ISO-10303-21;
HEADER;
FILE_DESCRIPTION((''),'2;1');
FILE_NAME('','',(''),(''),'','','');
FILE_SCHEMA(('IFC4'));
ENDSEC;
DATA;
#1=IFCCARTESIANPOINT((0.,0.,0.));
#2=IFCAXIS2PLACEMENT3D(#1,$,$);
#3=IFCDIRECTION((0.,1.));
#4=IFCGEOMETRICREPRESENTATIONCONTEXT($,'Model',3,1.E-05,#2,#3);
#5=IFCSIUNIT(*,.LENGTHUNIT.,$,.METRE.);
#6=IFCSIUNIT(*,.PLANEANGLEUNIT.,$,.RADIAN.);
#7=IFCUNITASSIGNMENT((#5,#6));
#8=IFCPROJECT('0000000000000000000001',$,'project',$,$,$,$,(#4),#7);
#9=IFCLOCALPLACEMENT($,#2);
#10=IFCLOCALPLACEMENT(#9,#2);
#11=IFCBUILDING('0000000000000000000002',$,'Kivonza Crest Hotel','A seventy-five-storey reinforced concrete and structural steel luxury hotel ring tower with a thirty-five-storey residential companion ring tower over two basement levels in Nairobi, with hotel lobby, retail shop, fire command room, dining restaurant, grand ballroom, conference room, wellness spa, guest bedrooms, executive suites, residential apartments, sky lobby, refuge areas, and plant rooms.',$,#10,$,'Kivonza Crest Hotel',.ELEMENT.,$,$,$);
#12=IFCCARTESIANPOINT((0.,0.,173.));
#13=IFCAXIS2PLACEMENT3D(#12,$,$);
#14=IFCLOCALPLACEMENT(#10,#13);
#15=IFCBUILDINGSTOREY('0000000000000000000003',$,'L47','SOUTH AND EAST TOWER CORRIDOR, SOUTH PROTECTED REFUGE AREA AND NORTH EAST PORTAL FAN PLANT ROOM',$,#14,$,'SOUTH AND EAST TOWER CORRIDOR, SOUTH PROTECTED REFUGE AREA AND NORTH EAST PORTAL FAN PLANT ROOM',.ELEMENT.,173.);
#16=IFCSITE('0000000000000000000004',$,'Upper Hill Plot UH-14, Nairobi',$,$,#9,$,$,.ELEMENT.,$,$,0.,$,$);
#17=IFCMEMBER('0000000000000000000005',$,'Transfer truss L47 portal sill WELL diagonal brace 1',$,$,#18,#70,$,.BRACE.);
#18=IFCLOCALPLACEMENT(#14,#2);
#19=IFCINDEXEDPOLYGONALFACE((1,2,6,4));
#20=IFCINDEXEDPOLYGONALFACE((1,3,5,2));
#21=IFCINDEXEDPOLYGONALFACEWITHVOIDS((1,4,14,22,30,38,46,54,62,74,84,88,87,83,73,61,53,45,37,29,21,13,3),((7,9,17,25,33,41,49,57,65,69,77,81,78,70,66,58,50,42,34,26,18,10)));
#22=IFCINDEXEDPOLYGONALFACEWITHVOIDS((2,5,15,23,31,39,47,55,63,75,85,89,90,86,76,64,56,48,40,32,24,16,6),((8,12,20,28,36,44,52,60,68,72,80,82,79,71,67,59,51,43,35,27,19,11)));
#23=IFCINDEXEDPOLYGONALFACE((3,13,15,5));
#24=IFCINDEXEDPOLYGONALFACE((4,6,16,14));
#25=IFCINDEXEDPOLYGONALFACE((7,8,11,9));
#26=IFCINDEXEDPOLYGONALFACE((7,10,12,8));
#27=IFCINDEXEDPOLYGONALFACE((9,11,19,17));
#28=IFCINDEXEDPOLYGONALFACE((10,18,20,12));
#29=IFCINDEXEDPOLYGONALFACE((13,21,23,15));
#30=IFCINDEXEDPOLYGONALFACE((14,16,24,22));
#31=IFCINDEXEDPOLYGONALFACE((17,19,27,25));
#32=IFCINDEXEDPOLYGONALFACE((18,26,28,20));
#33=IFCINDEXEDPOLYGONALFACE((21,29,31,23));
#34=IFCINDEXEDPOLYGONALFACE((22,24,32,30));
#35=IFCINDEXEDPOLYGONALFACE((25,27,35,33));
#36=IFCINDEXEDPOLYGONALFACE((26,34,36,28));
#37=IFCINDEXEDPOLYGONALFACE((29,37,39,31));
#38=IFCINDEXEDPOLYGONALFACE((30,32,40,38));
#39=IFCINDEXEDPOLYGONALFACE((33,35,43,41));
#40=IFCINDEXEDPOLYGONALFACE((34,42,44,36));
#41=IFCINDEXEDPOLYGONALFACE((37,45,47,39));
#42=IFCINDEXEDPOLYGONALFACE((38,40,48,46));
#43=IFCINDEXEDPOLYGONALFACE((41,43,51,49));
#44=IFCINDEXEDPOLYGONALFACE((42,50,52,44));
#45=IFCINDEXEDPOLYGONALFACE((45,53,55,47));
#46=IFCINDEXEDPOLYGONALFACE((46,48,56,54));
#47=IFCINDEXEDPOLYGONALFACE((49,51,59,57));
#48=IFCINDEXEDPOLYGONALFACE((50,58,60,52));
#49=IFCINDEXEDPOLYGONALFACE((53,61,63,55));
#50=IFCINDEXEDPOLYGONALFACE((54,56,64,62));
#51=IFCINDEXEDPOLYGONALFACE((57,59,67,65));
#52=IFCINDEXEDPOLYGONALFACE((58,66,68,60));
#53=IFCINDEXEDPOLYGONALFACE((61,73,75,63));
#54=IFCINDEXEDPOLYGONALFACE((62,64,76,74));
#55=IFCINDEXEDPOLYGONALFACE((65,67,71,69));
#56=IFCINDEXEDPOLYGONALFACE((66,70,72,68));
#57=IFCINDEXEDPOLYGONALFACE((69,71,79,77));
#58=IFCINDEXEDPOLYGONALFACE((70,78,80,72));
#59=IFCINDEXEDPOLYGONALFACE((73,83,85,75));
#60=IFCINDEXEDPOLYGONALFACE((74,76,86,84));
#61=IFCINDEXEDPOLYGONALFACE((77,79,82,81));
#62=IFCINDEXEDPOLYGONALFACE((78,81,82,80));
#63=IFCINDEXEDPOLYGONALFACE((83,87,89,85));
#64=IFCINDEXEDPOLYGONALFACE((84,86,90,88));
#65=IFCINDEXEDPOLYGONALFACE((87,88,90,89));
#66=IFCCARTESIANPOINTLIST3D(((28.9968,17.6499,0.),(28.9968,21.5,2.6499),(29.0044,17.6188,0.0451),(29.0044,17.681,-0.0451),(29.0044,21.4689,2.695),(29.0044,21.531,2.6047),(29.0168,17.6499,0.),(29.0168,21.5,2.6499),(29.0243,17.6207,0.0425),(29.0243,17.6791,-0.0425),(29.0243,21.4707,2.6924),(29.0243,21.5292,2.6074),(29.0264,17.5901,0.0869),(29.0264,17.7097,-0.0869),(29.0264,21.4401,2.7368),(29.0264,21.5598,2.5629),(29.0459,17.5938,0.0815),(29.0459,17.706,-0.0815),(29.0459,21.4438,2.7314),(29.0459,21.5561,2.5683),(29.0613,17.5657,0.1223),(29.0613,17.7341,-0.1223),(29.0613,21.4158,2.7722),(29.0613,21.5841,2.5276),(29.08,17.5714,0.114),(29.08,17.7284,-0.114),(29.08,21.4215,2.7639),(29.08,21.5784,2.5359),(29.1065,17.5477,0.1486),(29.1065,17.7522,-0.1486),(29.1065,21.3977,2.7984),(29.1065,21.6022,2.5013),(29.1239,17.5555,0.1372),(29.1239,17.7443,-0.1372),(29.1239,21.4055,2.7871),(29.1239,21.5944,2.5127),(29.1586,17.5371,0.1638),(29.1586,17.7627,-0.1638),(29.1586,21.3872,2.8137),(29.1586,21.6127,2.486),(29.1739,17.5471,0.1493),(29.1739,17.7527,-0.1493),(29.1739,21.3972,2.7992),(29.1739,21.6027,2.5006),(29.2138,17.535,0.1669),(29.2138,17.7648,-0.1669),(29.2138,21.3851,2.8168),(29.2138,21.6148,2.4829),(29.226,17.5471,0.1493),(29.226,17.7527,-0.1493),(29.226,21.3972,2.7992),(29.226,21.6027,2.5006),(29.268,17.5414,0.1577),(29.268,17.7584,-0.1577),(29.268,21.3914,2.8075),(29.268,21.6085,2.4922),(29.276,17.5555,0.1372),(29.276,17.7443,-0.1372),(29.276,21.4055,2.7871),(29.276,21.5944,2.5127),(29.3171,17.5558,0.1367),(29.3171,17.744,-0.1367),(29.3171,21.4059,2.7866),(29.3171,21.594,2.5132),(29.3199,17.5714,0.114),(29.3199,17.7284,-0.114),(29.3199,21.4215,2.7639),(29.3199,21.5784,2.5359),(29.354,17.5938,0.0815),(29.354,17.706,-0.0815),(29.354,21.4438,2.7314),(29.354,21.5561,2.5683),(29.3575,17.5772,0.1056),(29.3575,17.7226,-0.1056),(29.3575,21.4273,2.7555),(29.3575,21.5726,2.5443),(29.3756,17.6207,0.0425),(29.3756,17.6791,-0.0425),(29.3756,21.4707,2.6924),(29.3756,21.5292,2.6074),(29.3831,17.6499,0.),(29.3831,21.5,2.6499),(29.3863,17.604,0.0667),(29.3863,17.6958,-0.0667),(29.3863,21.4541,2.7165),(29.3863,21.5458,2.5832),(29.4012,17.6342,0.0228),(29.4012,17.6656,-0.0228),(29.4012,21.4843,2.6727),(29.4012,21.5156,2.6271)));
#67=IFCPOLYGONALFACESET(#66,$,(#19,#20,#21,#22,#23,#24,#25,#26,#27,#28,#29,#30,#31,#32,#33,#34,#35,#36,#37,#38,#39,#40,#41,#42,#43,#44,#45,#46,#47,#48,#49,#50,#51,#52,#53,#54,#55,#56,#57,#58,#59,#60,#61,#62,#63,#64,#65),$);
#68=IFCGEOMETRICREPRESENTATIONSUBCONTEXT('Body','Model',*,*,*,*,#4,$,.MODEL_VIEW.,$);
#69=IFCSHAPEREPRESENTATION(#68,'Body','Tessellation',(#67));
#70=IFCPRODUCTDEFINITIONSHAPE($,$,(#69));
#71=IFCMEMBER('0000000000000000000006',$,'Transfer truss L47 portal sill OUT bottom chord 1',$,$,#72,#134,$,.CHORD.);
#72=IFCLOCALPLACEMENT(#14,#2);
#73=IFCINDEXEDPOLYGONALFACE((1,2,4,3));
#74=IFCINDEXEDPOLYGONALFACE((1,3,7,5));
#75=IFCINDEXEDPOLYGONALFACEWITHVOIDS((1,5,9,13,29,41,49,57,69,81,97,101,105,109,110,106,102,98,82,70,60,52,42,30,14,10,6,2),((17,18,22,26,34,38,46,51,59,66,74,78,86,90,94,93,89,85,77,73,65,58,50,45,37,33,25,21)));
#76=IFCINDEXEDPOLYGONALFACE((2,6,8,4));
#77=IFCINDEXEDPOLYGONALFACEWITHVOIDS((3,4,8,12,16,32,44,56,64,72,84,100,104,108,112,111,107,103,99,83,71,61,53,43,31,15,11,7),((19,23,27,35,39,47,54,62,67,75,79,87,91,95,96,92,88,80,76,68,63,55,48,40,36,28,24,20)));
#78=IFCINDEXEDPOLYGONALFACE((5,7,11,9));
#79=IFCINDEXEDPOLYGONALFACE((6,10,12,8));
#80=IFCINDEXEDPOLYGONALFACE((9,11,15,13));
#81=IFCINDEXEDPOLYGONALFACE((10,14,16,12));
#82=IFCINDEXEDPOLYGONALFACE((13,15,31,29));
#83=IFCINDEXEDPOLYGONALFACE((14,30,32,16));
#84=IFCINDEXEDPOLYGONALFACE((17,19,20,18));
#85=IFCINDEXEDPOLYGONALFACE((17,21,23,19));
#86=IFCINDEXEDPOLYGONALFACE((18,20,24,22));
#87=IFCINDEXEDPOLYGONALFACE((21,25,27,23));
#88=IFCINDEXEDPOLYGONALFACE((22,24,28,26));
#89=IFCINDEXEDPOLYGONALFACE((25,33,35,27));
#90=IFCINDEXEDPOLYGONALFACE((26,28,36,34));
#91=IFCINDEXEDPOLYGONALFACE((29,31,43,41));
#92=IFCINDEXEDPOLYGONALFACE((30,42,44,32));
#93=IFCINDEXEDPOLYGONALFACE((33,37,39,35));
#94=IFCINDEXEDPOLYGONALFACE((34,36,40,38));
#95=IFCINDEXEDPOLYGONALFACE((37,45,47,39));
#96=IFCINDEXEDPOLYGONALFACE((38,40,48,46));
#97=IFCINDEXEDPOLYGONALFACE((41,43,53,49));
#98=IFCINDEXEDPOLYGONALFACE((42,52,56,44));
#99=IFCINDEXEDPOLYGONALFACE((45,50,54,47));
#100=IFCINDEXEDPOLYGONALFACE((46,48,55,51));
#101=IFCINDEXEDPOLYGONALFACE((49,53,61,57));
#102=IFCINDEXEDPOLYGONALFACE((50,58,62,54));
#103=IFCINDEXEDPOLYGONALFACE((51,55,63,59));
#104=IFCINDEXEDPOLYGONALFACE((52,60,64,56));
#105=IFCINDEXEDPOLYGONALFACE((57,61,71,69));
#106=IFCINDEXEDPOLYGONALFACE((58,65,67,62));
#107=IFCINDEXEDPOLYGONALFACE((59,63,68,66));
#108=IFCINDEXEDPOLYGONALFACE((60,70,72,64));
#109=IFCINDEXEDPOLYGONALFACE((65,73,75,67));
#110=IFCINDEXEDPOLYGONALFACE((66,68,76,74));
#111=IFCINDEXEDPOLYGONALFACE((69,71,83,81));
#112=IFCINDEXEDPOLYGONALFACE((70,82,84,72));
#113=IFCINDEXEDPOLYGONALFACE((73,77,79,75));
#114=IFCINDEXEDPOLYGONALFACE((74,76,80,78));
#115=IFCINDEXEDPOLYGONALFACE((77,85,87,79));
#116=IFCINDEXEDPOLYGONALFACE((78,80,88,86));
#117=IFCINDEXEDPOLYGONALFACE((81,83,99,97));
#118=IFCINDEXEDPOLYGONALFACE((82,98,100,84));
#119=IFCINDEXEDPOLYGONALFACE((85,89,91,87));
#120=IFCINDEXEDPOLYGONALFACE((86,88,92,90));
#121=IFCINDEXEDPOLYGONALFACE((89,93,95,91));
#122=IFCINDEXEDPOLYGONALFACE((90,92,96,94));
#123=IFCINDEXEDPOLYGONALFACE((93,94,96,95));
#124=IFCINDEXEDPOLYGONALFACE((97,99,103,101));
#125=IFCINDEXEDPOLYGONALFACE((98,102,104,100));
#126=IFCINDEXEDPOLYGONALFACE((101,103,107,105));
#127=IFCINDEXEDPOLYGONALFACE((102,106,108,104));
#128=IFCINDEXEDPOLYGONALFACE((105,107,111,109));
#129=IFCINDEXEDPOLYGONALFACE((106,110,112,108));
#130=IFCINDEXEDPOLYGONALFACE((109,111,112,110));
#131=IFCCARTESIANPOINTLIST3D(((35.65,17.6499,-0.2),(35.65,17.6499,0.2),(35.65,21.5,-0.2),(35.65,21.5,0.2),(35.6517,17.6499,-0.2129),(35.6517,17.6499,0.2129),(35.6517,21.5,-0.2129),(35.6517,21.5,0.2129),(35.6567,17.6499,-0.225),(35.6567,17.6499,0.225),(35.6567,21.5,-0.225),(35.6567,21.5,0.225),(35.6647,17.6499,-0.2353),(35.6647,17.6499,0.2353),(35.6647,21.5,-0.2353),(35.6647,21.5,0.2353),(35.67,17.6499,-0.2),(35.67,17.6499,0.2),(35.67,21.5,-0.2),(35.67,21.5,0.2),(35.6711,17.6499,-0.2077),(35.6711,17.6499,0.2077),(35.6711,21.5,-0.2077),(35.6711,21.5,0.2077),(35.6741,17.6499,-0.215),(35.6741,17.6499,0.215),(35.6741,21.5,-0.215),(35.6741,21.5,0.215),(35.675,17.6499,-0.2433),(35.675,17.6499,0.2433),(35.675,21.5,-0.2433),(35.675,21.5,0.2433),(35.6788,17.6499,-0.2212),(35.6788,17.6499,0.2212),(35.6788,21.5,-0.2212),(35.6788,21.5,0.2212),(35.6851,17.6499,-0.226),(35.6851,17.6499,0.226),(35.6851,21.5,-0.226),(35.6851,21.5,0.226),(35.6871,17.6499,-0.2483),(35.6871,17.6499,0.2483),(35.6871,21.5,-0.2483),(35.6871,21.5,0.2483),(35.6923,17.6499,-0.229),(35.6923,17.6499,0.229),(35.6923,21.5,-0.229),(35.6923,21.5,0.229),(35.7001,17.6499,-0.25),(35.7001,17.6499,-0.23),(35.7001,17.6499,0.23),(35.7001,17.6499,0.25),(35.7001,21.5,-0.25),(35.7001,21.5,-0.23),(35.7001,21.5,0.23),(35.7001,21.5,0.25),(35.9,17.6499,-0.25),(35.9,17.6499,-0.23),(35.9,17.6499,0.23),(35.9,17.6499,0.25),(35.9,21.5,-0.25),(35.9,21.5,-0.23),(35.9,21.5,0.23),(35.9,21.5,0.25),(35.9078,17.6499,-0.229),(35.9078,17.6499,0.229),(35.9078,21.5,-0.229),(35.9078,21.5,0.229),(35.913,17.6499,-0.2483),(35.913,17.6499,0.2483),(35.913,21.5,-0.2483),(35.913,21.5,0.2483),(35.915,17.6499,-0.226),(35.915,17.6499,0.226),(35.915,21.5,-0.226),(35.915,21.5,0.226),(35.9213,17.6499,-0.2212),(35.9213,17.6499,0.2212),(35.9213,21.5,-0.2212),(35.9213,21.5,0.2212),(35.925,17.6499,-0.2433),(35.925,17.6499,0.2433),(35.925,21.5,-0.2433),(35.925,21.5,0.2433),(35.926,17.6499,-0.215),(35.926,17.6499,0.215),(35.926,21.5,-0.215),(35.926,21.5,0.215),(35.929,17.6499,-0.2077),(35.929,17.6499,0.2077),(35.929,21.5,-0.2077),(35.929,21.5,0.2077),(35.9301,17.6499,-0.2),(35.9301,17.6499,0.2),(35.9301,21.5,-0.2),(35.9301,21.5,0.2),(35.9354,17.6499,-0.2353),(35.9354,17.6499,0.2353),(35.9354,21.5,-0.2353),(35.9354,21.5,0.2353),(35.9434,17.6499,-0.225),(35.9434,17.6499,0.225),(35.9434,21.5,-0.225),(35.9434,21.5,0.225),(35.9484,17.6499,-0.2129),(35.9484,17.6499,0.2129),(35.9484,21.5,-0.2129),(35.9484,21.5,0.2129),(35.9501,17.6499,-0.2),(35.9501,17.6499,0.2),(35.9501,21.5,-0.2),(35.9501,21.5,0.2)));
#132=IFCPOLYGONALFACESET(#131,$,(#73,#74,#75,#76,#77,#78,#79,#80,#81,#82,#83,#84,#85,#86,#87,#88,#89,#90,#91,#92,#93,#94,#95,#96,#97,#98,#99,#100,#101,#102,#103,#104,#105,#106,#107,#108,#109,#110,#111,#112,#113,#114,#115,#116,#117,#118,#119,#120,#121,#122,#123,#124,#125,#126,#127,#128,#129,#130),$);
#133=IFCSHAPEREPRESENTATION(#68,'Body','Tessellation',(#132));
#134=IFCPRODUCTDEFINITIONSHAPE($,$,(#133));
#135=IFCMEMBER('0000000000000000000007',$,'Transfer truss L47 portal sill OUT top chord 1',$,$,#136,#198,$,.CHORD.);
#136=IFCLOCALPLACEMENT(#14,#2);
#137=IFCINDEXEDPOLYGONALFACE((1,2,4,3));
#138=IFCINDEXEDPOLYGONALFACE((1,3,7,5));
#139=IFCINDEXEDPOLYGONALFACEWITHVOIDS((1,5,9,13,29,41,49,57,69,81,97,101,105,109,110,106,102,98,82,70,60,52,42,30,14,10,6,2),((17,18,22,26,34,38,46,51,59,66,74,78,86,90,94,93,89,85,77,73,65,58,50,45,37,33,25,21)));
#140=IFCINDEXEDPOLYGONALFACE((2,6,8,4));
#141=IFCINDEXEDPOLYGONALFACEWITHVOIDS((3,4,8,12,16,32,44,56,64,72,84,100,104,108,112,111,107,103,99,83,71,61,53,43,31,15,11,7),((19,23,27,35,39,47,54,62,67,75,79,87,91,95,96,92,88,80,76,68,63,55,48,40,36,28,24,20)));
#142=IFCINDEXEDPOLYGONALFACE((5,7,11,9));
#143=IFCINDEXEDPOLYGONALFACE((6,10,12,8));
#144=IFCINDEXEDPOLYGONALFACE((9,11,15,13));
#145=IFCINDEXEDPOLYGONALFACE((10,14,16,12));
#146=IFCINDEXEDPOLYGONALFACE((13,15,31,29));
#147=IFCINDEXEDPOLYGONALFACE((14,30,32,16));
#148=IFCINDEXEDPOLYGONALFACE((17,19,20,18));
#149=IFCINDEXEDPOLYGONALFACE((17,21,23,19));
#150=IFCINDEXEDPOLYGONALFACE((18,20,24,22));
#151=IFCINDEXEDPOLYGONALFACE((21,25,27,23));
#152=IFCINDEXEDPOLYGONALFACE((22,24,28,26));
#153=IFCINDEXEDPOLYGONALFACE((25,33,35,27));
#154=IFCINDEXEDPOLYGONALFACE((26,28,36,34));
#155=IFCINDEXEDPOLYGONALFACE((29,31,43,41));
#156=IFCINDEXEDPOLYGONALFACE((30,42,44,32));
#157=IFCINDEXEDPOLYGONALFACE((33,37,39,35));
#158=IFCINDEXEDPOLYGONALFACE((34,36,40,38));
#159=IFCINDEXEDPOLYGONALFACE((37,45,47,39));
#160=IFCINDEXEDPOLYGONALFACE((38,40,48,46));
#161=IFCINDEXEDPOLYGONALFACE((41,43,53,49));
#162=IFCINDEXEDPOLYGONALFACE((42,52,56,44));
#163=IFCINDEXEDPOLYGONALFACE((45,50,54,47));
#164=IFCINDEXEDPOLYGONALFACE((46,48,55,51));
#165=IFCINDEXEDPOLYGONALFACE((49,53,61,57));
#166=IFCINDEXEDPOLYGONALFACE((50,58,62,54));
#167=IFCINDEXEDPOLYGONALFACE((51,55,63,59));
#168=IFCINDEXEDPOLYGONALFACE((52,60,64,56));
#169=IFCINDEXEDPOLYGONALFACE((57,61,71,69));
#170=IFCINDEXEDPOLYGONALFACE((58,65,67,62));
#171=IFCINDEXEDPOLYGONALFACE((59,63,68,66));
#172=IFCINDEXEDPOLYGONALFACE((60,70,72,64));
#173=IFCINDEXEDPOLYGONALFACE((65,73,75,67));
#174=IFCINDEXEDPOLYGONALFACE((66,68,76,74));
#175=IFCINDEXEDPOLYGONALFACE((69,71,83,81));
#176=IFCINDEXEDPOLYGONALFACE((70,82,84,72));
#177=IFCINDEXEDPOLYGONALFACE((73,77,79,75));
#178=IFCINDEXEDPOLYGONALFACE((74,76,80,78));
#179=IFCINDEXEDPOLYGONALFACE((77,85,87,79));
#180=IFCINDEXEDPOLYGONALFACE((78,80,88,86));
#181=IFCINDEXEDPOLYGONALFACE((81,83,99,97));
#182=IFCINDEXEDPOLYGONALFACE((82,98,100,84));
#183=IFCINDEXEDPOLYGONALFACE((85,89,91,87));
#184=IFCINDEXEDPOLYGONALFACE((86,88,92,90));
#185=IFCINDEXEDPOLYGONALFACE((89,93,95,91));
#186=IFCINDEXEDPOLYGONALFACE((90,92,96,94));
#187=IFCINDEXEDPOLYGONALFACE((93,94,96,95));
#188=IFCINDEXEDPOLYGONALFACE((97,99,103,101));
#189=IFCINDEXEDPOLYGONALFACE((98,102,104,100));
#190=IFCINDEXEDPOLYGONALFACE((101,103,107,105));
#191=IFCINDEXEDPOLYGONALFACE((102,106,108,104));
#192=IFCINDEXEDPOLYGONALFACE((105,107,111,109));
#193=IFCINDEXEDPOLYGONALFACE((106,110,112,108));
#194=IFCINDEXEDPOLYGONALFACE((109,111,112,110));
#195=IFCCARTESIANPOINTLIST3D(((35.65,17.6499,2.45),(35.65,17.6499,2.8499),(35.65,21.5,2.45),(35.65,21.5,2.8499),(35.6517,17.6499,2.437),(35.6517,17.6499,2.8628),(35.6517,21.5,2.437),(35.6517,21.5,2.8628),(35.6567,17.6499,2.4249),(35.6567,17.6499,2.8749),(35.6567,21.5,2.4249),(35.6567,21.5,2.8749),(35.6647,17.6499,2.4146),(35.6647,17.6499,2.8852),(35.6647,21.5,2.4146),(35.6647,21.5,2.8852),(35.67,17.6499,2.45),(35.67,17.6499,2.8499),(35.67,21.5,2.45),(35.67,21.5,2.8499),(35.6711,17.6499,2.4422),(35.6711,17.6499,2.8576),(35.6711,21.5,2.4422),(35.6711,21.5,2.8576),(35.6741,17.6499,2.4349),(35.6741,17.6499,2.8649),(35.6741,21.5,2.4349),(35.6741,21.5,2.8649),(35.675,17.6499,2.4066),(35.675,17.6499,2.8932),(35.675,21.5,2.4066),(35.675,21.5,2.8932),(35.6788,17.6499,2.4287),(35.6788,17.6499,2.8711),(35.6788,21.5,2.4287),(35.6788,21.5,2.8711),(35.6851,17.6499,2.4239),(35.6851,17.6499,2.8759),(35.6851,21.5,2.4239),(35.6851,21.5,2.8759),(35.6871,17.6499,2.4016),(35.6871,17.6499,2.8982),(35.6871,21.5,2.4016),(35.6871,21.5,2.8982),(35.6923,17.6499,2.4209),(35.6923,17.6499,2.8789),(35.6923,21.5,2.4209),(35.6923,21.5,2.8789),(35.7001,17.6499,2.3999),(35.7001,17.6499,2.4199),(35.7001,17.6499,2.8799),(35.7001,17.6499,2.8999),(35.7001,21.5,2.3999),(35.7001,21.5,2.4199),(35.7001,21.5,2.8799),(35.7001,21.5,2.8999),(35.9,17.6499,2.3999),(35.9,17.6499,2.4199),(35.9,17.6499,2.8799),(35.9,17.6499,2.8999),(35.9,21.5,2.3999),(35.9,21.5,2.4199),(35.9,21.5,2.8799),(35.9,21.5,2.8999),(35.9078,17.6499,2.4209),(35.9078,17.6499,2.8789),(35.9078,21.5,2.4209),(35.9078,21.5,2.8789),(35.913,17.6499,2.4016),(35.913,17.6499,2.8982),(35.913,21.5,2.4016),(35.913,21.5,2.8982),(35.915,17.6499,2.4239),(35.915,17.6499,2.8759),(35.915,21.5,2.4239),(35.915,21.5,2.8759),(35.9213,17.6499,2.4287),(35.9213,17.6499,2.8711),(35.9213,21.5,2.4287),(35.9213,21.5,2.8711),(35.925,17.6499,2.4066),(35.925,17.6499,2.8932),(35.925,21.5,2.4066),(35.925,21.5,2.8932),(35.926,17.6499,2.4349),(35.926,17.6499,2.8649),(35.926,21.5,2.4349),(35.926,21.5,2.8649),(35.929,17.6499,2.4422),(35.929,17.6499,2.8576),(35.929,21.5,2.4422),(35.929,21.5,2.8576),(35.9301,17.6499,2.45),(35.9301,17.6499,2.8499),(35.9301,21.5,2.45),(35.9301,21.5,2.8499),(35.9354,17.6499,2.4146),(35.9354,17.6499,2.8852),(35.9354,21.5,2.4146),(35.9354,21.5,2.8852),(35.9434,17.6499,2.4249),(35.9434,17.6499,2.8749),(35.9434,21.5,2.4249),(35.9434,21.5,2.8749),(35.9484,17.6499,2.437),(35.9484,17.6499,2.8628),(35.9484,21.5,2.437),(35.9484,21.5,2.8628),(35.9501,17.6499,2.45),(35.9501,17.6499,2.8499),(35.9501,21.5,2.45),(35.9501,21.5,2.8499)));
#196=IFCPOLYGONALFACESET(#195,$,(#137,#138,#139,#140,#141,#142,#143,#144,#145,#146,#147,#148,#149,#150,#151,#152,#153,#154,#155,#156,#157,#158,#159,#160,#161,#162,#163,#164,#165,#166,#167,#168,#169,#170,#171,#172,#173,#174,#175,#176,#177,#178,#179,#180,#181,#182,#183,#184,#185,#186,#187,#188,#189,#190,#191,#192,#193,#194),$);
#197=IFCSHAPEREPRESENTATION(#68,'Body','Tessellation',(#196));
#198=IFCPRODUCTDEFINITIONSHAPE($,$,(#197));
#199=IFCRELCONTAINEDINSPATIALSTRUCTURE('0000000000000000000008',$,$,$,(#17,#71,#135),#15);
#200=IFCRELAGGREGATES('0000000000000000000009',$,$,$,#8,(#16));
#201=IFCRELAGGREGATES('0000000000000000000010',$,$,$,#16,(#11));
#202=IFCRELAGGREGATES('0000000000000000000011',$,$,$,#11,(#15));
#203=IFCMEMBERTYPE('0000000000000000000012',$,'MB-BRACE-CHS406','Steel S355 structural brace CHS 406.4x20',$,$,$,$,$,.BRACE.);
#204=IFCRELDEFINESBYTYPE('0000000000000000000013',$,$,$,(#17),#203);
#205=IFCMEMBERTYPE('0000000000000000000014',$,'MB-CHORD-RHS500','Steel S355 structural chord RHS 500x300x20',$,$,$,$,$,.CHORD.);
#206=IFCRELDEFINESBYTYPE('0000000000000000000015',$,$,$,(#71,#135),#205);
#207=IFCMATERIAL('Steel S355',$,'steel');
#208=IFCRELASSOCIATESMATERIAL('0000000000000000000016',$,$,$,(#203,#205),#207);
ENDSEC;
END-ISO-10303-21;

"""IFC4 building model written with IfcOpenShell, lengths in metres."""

from ifc_helpers import new_model, si_unit, direction, frame, origin, origin_2d, place, context, subcontext, project, spatial, hollow_rectangle, hollow_circle, extrude, material, material_profile, profile_set, type_object, element, save


model = new_model("IFC4")

# Units and contexts
model_context = context("Model", 3, precision=1e-05, world=origin(), true_north=direction((0.0, 1.0)))
body_context = subcontext(model_context, "Body", "Model", "MODEL_VIEW")
ifc_project = project(units=[si_unit("LENGTHUNIT", "METRE"), si_unit("PLANEANGLEUNIT", "RADIAN")], contexts=[model_context])

# Site, building, storey
site_placement = place(None, origin())
site = spatial("IfcSite", under=ifc_project, at=site_placement, Name="Upper Hill Plot UH-14, Nairobi", CompositionType="ELEMENT", RefElevation=0.0)
building_placement = place(site_placement, origin())
building = spatial("IfcBuilding", under=site, at=building_placement, Name="Kivonza Crest Hotel", Description="A seventy-five-storey reinforced concrete and structural steel luxury hotel ring tower with a thirty-five-storey residential companion ring tower over two basement levels in Nairobi, with hotel lobby, retail shop, fire command room, dining restaurant, grand ballroom, conference room, wellness spa, guest bedrooms, executive suites, residential apartments, sky lobby, refuge areas, and plant rooms.", LongName="Kivonza Crest Hotel", CompositionType="ELEMENT")
storey_placement = place(building_placement, frame((0.0, 0.0, 173.0)))
storey = spatial("IfcBuildingStorey", under=building, at=storey_placement, Name="L47", Description="SOUTH AND EAST TOWER CORRIDOR, SOUTH PROTECTED REFUGE AREA AND NORTH EAST PORTAL FAN PLANT ROOM", LongName="SOUTH AND EAST TOWER CORRIDOR, SOUTH PROTECTED REFUGE AREA AND NORTH EAST PORTAL FAN PLANT ROOM", CompositionType="ELEMENT", Elevation=173.0)

# Shared definitions
ifc_material_1 = material(Name="Steel S355", Category="steel")

# Members
ifc_material_profile_1 = material_profile(ifc_material_1, hollow_circle(Radius=0.2031, WallThickness=0.02, at=origin_2d()), Name="CHS 406.4x20")
ifc_profile_set_1 = profile_set([ifc_material_profile_1], Name="Steel S355")
member_type_1 = type_object("IfcMemberType", Name="MB-BRACE-CHS406", Description="Steel S355 structural brace CHS 406.4x20", PredefinedType="BRACE", material=ifc_profile_set_1)
member_1_placement = place(storey_placement, frame((29.2, 17.6499, 0.0), z_axis=(0.0, 0.823746, 0.566959), x_axis=(-1.0, 0.0, 0.0)))
element("IfcMember", 1, at=member_1_placement, inside=storey, type_object=member_type_1, Name="Transfer truss L47 portal sill WELL diagonal brace 1", PredefinedType="BRACE", context=body_context, shape_type="SweptSolid", body=[
    extrude(hollow_circle(Radius=0.2031, WallThickness=0.02, at=origin_2d()), origin(), (0.0, 0.0, 1.0), 4.6738),
])
ifc_material_profile_2 = material_profile(ifc_material_1, hollow_rectangle(XDim=0.3, YDim=0.5, WallThickness=0.02, InnerFilletRadius=0.03, OuterFilletRadius=0.05, at=origin_2d()), Name="RHS 500x300x20")
ifc_profile_set_2 = profile_set([ifc_material_profile_2], Name="Steel S355")
member_type_2 = type_object("IfcMemberType", Name="MB-CHORD-RHS500", Description="Steel S355 structural chord RHS 500x300x20", PredefinedType="CHORD", material=ifc_profile_set_2)
for number, where, z_axis, x_axis, name in (
    (2, (35.8, 17.6499, 0.0), (0.0, 1.0, 0.0), (-1.0, 0.0, 0.0), "Transfer truss L47 portal sill OUT bottom chord 1"),
    (3, (35.8, 17.6499, 2.6499), (0.0, 1.0, 0.0), (-1.0, 0.0, 0.0), "Transfer truss L47 portal sill OUT top chord 1"),
):
    element("IfcMember", number, at=place(storey_placement, frame(where, z_axis=z_axis, x_axis=x_axis)), inside=storey, type_object=member_type_2, Name=name, PredefinedType="CHORD", context=body_context, shape_type="SweptSolid", body=[
        extrude(hollow_rectangle(XDim=0.3, YDim=0.5, WallThickness=0.02, InnerFilletRadius=0.03, OuterFilletRadius=0.05, at=origin_2d()), origin(), (0.0, 0.0, 1.0), 3.8501),
    ])

save(model, "model.ifc")
